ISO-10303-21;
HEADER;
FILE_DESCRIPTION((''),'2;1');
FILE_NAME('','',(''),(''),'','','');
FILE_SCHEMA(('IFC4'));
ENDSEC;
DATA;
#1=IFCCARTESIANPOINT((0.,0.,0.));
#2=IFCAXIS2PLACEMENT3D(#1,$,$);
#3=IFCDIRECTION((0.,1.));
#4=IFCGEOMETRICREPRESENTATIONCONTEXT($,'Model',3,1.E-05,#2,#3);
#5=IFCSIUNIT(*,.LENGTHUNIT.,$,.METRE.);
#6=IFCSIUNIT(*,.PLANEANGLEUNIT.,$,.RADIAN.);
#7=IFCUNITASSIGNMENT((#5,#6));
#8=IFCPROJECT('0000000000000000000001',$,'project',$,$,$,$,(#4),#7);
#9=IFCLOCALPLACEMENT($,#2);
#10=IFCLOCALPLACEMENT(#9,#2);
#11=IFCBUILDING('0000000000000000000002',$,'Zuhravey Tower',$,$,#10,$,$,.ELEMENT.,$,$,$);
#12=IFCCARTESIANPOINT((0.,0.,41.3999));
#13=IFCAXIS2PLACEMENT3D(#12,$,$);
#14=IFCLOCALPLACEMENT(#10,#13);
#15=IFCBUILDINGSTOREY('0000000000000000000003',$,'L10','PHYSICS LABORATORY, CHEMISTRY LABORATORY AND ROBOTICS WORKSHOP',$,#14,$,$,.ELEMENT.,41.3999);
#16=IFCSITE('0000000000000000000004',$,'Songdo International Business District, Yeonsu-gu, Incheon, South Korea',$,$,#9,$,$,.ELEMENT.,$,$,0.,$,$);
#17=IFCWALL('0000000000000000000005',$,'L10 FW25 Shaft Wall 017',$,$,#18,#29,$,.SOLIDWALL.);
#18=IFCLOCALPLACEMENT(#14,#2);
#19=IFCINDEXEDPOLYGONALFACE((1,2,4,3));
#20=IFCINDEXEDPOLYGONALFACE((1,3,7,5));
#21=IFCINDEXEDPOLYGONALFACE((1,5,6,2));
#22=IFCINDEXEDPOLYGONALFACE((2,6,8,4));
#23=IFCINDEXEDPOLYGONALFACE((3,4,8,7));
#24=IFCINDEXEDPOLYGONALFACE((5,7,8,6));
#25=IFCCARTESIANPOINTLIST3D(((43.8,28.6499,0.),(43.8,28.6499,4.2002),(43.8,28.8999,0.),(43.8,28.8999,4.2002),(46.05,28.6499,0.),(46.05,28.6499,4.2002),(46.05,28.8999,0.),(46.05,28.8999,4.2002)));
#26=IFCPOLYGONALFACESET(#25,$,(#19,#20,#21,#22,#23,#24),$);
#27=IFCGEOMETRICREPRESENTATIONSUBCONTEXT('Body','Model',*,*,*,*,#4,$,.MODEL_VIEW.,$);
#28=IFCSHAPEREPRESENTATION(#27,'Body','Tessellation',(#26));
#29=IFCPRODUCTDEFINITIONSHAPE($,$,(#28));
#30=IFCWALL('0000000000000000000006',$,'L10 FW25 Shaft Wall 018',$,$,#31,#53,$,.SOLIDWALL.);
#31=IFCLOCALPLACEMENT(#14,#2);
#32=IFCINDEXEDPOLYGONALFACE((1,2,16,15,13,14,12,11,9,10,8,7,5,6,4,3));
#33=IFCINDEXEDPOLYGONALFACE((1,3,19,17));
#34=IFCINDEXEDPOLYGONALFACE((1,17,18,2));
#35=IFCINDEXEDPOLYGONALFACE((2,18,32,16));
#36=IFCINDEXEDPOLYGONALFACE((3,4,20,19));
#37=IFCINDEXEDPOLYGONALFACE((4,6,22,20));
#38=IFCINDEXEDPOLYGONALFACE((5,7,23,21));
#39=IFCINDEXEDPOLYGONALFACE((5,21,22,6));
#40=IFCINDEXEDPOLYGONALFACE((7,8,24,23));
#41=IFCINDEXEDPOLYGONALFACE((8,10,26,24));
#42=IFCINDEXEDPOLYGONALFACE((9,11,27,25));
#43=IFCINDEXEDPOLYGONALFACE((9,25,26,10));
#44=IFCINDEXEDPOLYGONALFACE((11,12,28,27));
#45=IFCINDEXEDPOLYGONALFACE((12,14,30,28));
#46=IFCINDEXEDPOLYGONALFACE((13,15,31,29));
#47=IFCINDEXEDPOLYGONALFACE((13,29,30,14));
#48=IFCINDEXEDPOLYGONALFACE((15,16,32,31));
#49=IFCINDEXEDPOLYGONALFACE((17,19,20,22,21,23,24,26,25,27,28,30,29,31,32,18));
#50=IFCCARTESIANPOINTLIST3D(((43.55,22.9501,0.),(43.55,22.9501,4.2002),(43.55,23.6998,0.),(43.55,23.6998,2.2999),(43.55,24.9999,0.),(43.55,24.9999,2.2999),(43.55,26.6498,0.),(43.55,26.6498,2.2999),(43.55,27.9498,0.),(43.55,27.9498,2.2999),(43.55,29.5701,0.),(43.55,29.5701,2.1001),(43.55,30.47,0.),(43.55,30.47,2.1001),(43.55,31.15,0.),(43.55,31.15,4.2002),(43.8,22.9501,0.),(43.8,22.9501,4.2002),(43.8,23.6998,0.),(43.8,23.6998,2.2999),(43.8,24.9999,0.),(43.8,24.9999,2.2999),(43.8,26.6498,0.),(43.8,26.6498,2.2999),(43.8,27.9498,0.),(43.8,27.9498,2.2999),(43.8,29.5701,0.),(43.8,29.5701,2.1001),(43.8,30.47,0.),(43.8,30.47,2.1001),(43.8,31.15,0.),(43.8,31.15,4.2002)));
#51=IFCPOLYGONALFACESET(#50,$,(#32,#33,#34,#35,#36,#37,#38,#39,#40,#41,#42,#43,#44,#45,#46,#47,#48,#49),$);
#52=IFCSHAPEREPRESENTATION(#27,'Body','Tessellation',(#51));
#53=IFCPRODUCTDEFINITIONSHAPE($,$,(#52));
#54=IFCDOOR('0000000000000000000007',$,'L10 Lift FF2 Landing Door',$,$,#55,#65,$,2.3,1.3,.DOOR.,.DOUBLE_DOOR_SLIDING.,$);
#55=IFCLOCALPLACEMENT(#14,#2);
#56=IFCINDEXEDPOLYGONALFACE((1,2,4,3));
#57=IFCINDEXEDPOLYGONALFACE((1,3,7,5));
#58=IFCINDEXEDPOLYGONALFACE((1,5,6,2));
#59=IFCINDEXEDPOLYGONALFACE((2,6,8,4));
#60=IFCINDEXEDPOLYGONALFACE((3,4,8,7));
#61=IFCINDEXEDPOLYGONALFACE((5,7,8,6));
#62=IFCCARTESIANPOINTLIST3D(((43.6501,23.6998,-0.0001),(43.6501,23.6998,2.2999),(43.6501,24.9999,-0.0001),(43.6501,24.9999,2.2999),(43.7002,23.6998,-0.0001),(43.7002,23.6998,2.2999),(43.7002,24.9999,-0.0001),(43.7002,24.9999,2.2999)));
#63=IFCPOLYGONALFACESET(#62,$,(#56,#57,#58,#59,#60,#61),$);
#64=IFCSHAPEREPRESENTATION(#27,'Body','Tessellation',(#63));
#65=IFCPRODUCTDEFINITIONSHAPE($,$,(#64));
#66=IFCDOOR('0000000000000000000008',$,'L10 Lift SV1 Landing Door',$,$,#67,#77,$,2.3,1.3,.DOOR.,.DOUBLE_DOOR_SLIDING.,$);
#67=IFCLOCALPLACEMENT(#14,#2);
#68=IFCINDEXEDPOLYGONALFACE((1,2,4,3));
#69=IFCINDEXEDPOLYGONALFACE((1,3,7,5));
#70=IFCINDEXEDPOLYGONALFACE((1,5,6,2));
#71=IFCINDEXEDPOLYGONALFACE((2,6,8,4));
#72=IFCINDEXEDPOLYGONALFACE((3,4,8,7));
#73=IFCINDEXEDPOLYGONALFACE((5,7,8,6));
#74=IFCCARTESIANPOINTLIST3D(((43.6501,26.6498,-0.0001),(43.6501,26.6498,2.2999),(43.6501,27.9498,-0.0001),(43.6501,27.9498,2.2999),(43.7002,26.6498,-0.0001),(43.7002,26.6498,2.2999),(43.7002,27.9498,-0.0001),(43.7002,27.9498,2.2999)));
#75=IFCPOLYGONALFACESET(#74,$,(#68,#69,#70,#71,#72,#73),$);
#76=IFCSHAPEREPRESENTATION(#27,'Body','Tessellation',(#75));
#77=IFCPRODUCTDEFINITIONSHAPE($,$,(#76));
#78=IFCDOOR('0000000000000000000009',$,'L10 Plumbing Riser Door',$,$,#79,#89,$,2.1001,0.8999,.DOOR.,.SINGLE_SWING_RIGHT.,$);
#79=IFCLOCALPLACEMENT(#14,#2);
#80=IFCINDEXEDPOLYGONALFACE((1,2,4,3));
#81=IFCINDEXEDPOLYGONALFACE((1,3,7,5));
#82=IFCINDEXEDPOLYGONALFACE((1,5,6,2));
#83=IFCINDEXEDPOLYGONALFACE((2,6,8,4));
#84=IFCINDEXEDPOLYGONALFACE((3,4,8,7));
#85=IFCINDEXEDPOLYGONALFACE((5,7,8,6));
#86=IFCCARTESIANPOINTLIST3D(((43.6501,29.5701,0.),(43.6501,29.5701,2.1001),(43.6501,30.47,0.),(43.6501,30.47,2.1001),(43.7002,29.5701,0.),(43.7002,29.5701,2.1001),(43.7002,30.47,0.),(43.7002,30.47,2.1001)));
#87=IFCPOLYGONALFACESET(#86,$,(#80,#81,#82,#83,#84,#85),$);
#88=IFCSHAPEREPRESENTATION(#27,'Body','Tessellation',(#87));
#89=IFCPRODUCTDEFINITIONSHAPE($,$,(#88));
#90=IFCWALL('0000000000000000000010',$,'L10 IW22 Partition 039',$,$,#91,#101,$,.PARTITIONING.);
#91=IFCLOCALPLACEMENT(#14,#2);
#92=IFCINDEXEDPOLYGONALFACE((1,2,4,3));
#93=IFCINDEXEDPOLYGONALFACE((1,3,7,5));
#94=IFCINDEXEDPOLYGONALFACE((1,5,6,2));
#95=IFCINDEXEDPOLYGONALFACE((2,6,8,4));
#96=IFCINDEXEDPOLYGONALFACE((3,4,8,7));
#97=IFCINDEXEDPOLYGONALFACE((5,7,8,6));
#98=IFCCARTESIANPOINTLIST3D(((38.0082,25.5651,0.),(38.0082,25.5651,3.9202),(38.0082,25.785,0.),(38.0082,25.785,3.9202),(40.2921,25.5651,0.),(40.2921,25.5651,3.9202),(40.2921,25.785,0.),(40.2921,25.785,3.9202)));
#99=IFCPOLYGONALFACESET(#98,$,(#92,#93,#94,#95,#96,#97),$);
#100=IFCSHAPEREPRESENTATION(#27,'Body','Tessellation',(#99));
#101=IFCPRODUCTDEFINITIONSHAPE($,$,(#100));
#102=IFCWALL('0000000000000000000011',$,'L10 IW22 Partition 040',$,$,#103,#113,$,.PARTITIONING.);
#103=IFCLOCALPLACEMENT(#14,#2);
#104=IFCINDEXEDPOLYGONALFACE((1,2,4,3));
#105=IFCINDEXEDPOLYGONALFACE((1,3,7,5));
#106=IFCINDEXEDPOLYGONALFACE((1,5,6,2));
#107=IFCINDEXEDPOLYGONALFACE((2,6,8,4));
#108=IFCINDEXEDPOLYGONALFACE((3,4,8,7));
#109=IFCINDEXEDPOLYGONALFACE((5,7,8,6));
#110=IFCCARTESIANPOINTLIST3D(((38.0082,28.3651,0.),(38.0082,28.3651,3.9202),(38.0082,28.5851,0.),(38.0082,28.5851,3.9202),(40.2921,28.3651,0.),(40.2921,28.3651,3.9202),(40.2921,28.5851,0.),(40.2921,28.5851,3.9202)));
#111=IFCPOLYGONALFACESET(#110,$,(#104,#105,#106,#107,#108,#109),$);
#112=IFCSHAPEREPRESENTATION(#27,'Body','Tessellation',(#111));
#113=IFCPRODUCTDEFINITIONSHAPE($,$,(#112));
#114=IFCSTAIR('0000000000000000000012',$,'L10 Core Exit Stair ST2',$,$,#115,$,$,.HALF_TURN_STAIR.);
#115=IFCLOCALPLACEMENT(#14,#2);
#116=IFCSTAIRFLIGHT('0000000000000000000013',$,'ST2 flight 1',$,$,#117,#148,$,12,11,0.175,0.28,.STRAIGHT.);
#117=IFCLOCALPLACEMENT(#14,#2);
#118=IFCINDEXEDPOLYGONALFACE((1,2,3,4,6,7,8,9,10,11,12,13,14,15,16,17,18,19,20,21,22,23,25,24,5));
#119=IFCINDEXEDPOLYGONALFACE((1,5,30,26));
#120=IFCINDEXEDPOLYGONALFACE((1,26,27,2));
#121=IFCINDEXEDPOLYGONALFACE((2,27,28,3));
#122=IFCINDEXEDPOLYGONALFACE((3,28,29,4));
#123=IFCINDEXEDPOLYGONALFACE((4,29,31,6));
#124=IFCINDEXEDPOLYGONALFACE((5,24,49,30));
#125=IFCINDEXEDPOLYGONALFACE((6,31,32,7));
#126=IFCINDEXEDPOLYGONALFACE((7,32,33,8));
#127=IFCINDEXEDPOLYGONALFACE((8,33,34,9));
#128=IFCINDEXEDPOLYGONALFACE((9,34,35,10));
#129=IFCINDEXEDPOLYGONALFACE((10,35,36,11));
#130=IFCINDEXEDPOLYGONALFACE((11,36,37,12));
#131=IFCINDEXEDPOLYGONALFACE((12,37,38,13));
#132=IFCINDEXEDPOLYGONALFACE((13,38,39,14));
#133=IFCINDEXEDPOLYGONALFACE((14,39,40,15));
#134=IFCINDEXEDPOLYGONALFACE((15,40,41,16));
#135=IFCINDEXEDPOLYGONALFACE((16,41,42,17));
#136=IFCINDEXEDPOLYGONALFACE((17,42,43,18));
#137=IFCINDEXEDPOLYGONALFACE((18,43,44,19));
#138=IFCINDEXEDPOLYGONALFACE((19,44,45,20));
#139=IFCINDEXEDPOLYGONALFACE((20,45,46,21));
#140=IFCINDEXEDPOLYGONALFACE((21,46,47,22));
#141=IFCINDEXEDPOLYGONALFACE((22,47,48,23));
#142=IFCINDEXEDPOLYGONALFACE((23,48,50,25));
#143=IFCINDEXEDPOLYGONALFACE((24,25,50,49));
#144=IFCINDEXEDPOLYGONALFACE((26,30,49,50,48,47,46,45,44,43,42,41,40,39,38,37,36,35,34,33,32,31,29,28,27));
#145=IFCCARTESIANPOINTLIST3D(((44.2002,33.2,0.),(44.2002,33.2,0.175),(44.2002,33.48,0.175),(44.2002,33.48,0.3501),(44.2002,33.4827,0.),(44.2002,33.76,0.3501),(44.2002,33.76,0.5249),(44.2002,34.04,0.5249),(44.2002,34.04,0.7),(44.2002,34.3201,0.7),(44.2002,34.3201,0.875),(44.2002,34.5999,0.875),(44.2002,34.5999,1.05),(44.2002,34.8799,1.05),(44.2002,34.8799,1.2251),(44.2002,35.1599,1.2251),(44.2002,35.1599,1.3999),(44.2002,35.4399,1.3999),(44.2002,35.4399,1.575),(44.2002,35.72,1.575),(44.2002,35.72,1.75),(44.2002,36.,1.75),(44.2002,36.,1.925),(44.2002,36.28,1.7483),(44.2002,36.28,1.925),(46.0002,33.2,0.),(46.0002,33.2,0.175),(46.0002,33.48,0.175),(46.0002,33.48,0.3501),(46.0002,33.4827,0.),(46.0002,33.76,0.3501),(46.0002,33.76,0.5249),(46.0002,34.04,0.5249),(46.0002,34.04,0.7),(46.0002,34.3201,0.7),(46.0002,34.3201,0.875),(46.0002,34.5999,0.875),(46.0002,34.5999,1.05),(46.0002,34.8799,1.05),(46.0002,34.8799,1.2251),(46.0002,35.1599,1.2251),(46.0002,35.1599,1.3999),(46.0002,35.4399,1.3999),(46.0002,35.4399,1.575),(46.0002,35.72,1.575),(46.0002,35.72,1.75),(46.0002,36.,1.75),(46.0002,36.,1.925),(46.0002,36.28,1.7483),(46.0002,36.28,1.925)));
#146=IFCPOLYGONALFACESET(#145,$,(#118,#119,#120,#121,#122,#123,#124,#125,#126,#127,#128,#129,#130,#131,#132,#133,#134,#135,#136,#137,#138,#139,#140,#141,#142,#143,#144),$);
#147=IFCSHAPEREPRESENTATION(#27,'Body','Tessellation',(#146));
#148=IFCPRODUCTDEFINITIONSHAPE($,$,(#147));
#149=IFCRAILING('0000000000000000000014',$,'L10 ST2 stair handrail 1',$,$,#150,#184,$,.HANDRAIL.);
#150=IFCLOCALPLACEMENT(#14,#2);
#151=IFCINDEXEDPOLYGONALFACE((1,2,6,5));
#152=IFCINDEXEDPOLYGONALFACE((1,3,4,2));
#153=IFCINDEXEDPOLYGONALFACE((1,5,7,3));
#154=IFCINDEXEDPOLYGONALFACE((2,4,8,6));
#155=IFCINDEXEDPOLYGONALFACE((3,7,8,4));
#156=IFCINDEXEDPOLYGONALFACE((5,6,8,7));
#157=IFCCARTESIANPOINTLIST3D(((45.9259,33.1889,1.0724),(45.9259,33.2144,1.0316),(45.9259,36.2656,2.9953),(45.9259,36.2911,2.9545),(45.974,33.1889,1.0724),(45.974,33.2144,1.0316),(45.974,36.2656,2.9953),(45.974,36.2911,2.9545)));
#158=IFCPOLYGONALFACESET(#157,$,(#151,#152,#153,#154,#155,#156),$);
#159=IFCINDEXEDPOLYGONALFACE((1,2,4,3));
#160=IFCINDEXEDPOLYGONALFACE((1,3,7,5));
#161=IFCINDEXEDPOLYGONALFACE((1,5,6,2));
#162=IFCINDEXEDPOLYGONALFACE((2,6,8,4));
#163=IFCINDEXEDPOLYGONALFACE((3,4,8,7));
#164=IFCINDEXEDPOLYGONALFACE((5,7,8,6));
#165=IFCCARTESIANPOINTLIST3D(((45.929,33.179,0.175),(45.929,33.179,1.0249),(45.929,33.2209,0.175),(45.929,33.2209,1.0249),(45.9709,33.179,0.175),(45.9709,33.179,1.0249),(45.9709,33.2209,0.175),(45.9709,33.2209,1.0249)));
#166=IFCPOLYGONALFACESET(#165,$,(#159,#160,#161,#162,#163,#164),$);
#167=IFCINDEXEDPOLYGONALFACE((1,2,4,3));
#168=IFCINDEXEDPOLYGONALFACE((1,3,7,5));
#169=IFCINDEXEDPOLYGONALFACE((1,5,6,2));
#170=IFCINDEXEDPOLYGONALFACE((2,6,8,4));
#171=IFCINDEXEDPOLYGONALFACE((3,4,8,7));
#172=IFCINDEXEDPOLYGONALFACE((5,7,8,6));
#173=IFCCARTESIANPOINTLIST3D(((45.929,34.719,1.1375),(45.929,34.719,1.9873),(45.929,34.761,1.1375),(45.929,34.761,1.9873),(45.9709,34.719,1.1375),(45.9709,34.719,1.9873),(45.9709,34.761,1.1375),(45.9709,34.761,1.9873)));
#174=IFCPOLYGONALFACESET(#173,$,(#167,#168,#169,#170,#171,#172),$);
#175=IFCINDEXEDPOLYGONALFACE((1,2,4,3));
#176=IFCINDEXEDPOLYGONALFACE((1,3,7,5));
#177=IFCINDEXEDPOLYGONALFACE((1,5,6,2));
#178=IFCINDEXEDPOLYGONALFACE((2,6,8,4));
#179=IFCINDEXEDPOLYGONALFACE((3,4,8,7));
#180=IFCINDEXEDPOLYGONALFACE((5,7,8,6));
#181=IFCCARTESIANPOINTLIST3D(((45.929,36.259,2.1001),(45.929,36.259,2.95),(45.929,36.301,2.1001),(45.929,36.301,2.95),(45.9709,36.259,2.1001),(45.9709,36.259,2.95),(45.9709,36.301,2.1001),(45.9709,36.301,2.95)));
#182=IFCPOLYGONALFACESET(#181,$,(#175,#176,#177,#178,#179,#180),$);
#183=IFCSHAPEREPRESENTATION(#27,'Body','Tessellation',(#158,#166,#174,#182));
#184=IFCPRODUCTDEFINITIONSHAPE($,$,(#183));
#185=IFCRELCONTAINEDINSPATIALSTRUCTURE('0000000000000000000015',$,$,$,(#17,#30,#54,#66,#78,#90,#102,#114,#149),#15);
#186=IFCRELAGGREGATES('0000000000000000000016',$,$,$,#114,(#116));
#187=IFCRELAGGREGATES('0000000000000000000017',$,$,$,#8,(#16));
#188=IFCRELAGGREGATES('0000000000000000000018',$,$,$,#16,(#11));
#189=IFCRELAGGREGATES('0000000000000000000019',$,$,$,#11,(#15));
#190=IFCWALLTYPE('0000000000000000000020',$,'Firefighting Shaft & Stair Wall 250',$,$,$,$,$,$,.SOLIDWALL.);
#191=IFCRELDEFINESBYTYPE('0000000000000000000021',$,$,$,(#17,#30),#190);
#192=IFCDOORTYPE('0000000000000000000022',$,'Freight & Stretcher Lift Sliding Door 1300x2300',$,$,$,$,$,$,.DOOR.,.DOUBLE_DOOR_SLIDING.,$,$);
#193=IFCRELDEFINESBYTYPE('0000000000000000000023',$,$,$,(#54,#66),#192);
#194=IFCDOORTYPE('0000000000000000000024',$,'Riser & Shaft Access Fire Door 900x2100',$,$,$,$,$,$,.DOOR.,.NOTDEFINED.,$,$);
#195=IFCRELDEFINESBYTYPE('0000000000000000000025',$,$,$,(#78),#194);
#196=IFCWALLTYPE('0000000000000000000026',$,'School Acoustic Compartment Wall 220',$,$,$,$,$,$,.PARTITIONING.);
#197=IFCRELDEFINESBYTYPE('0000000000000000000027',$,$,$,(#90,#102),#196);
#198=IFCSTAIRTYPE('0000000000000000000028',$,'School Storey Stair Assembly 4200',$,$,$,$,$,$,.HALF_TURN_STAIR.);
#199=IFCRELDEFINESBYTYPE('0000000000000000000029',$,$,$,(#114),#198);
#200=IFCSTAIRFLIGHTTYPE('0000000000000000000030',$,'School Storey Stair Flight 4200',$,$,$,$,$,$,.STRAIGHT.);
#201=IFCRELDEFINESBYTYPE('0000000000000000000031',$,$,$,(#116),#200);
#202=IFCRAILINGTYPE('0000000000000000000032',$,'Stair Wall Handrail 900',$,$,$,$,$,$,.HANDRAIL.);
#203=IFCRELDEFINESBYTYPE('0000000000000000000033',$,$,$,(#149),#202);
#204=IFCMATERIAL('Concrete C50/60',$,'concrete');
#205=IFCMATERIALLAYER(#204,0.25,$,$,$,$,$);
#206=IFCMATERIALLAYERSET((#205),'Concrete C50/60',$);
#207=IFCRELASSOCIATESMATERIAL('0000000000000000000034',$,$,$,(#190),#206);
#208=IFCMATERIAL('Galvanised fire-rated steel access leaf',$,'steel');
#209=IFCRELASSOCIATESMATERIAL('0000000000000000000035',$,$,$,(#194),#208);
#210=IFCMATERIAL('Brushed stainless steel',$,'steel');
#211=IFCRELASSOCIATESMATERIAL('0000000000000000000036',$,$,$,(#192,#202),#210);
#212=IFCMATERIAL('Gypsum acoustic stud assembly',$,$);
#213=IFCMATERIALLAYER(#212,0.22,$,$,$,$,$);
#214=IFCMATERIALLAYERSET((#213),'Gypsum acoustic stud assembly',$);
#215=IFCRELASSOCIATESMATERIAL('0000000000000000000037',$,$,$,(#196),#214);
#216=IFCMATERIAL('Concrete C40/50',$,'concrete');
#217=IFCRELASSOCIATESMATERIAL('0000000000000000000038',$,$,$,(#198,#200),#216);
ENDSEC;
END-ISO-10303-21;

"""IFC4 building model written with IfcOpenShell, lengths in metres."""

from ifc_helpers import new_model, si_unit, direction, frame, frame_2d, origin, origin_2d, place, context, subcontext, project, spatial, polyline, rectangle, outline, extrude, material, layer, layer_set, type_object, element, fill, aggregate, save


model = new_model("IFC4")

# Units and contexts
model_context = context("Model", 3, precision=1e-05, world=origin(), true_north=direction((0.0, 1.0)))
body_context = subcontext(model_context, "Body", "Model", "MODEL_VIEW")
ifc_project = project(units=[si_unit("LENGTHUNIT", "METRE"), si_unit("PLANEANGLEUNIT", "RADIAN")], contexts=[model_context])

# Site, building, storey
site_placement = place(None, origin())
site = spatial("IfcSite", under=ifc_project, at=site_placement, Name="Songdo International Business District, Yeonsu-gu, Incheon, South Korea", CompositionType="ELEMENT", RefElevation=0.0)
building_placement = place(site_placement, origin())
building = spatial("IfcBuilding", under=site, at=building_placement, Name="Zuhravey Tower", CompositionType="ELEMENT")
storey_placement = place(building_placement, frame((0.0, 0.0, 41.3999)))
storey = spatial("IfcBuildingStorey", under=building, at=storey_placement, Name="L10", Description="PHYSICS LABORATORY, CHEMISTRY LABORATORY AND ROBOTICS WORKSHOP", CompositionType="ELEMENT", Elevation=41.3999)

# Shared definitions
ifc_material_1 = material(Name="Concrete C50/60", Category="concrete")
ifc_layer_1 = layer(ifc_material_1, 0.25)
ifc_layer_set_1 = layer_set([ifc_layer_1], Name="Concrete C50/60")
wall_type_1 = type_object("IfcWallType", Name="Firefighting Shaft & Stair Wall 250", PredefinedType="SOLIDWALL", material=ifc_layer_set_1)

# Shared definitions
ifc_material_2 = material(Name="Galvanised fire-rated steel access leaf", Category="steel")
door_type_1 = type_object("IfcDoorType", Name="Riser & Shaft Access Fire Door 900x2100", OperationType="NOTDEFINED", PredefinedType="DOOR", material=ifc_material_2)

# Wall
for number, where, z_axis, x_axis, name in (
    (1, (43.8, 28.7749, 0.0), (0.0, 0.0, 1.0), (1.0, 0.0, 0.0), "L10 FW25 Shaft Wall 017"),
):
    element("IfcWall", number, at=place(storey_placement, frame(where, z_axis=z_axis, x_axis=x_axis)), inside=storey, type_object=wall_type_1, Name=name, PredefinedType="SOLIDWALL", context=body_context, shape_type="SweptSolid", body=[
        extrude(rectangle(XDim=2.25, YDim=0.25, at=frame_2d((1.125, 0.0))), origin(), (0.0, 0.0, 1.0), 4.2002),
    ])

# Wall, openings, doors
wall_1_placement = place(storey_placement, frame((43.675, 22.95, 0.0), z_axis=(0.0, 0.0, 1.0), x_axis=(0.0, 1.0, 0.0)))
wall_1 = element("IfcWall", 2, at=wall_1_placement, inside=storey, type_object=wall_type_1, Name="L10 FW25 Shaft Wall 018", PredefinedType="SOLIDWALL", context=body_context, shape_type="SweptSolid", body=[
    extrude(rectangle(XDim=8.2, YDim=0.25, at=frame_2d((4.1001, 0.0))), origin(), (0.0, 0.0, 1.0), 4.2002),
])
opening_1_placement = place(wall_1_placement, frame((0.75, 0.0, 0.0)))
opening_1 = element("IfcOpeningElement", 3, at=opening_1_placement, cuts=wall_1, PredefinedType="OPENING", context=body_context, shape_type="SweptSolid", body=[
    extrude(rectangle(XDim=1.3, YDim=2.3, at=frame_2d((0.6499, 1.1499))), frame((0.0, 0.137, 0.0), z_axis=(0.0, -1.0, 0.0), x_axis=(1.0, 0.0, 0.0)), (0.0, 0.0, 1.0), 0.2739),
])
opening_2_placement = place(wall_1_placement, frame((3.7, 0.0, 0.0)))
opening_2 = element("IfcOpeningElement", 4, at=opening_2_placement, cuts=wall_1, PredefinedType="OPENING", context=body_context, shape_type="SweptSolid", body=[
    extrude(rectangle(XDim=1.3, YDim=2.3, at=frame_2d((0.6499, 1.1499))), frame((0.0, 0.137, 0.0), z_axis=(0.0, -1.0, 0.0), x_axis=(1.0, 0.0, 0.0)), (0.0, 0.0, 1.0), 0.2739),
])
opening_3_placement = place(wall_1_placement, frame((6.6201, 0.0, 0.0)))
opening_3 = element("IfcOpeningElement", 5, at=opening_3_placement, cuts=wall_1, PredefinedType="OPENING", context=body_context, shape_type="SweptSolid", body=[
    extrude(rectangle(XDim=0.8999, YDim=2.1001, at=frame_2d((0.45, 1.05))), frame((0.0, 0.137, 0.0), z_axis=(0.0, -1.0, 0.0), x_axis=(1.0, 0.0, 0.0)), (0.0, 0.0, 1.0), 0.2739),
])
ifc_material_3 = material(Name="Brushed stainless steel", Category="steel")
door_type_2 = type_object("IfcDoorType", Name="Freight & Stretcher Lift Sliding Door 1300x2300", OperationType="DOUBLE_DOOR_SLIDING", PredefinedType="DOOR", material=ifc_material_3)
door_1_placement = place(opening_1_placement, origin())
door_1 = element("IfcDoor", 6, at=door_1_placement, inside=storey, type_object=door_type_2, Name="L10 Lift FF2 Landing Door", OperationType="DOUBLE_DOOR_SLIDING", OverallHeight=2.3, OverallWidth=1.3, PredefinedType="DOOR", context=body_context, shape_type="SweptSolid", body=[
    extrude(rectangle(XDim=1.3, YDim=2.3, at=frame_2d((0.6499, 1.1499))), frame((0.0, 0.0249, 0.0), z_axis=(0.0, -1.0, 0.0), x_axis=(1.0, 0.0, 0.0)), (0.0, 0.0, 1.0), 0.05),
])
fill(opening_1, door_1)
door_2_placement = place(opening_2_placement, origin())
door_2 = element("IfcDoor", 7, at=door_2_placement, inside=storey, type_object=door_type_2, Name="L10 Lift SV1 Landing Door", OperationType="DOUBLE_DOOR_SLIDING", OverallHeight=2.3, OverallWidth=1.3, PredefinedType="DOOR", context=body_context, shape_type="SweptSolid", body=[
    extrude(rectangle(XDim=1.3, YDim=2.3, at=frame_2d((0.6499, 1.1499))), frame((0.0, 0.0249, 0.0), z_axis=(0.0, -1.0, 0.0), x_axis=(1.0, 0.0, 0.0)), (0.0, 0.0, 1.0), 0.05),
])
fill(opening_2, door_2)
door_3_placement = place(opening_3_placement, origin())
door_3 = element("IfcDoor", 8, at=door_3_placement, inside=storey, type_object=door_type_1, Name="L10 Plumbing Riser Door", OperationType="SINGLE_SWING_RIGHT", OverallHeight=2.1001, OverallWidth=0.8999, PredefinedType="DOOR", context=body_context, shape_type="SweptSolid", body=[
    extrude(rectangle(XDim=0.8999, YDim=2.1001, at=frame_2d((0.45, 1.05))), frame((0.0, 0.0249, 0.0), z_axis=(0.0, -1.0, 0.0), x_axis=(1.0, 0.0, 0.0)), (0.0, 0.0, 1.0), 0.05),
])
fill(opening_3, door_3)

# Walls
ifc_material_4 = material(Name="Gypsum acoustic stud assembly")
ifc_layer_2 = layer(ifc_material_4, 0.22)
ifc_layer_set_2 = layer_set([ifc_layer_2], Name="Gypsum acoustic stud assembly")
wall_type_2 = type_object("IfcWallType", Name="School Acoustic Compartment Wall 220", PredefinedType="PARTITIONING", material=ifc_layer_set_2)
for number, where, z_axis, x_axis, name in (
    (9, (38.0081, 25.675, 0.0), (0.0, 0.0, 1.0), (1.0, 0.0, 0.0), "L10 IW22 Partition 039"),
    (10, (38.0081, 28.4751, 0.0), (0.0, 0.0, 1.0), (1.0, 0.0, 0.0), "L10 IW22 Partition 040"),
):
    element("IfcWall", number, at=place(storey_placement, frame(where, z_axis=z_axis, x_axis=x_axis)), inside=storey, type_object=wall_type_2, Name=name, PredefinedType="PARTITIONING", context=body_context, shape_type="SweptSolid", body=[
        extrude(rectangle(XDim=2.2839, YDim=0.22, at=frame_2d((1.1421, 0.0))), origin(), (0.0, 0.0, 1.0), 3.9202),
    ])

# Stair, stair flight
ifc_material_5 = material(Name="Concrete C40/50", Category="concrete")
stair_type = type_object("IfcStairType", Name="School Storey Stair Assembly 4200", PredefinedType="HALF_TURN_STAIR", material=ifc_material_5)
stair_placement = place(storey_placement, origin())
stair = element("IfcStair", 11, at=stair_placement, inside=storey, type_object=stair_type, Name="L10 Core Exit Stair ST2", PredefinedType="HALF_TURN_STAIR")
stair_flight_type = type_object("IfcStairFlightType", Name="School Storey Stair Flight 4200", PredefinedType="STRAIGHT", material=ifc_material_5)
stair_flight_placement = place(storey_placement, frame((45.1001, 33.2, 0.0), z_axis=(0.0, 0.0, 1.0), x_axis=(0.0, 1.0, 0.0)))
stair_flight = element("IfcStairFlight", 12, at=stair_flight_placement, type_object=stair_flight_type, Name="ST2 flight 1", NumberOfRisers=12, NumberOfTreads=11, PredefinedType="STRAIGHT", RiserHeight=0.175, TreadLength=0.28, context=body_context, shape_type="SweptSolid", body=[
    extrude(outline(polyline([(0.0, 0.0), (0.0, 0.175), (0.28, 0.175), (0.28, 0.3501), (0.5601, 0.3501), (0.5601, 0.5249), (0.8401, 0.5249), (0.8401, 0.7), (1.1201, 0.7), (1.1201, 0.875), (1.3999, 0.875), (1.3999, 1.05), (1.6799, 1.05), (1.6799, 1.2251), (1.96, 1.2251), (1.96, 1.3999), (2.24, 1.3999), (2.24, 1.575), (2.52, 1.575), (2.52, 1.75), (2.8, 1.75), (2.8, 1.925), (3.0801, 1.925), (3.0801, 2.1001), (3.0801, 1.7483), (0.2827, 0.0), (0.0, 0.0)])), frame((0.0, 0.8999, 0.0), z_axis=(0.0, -1.0, 0.0), x_axis=(1.0, 0.0, 0.0)), (0.0, 0.0, 1.0), 1.8),
])
aggregate(stair, [stair_flight])

# Railing
railing_type_1 = type_object("IfcRailingType", Name="Stair Wall Handrail 900", PredefinedType="HANDRAIL", material=ifc_material_3)
railing_1_placement = place(storey_placement, frame((45.95, 33.2, 0.175)))
element("IfcRailing", 13, at=railing_1_placement, inside=storey, type_object=railing_type_1, Name="L10 ST2 stair handrail 1", PredefinedType="HANDRAIL", context=body_context, shape_type="SweptSolid", body=[
    extrude(rectangle(XDim=0.0481, YDim=0.0481, at=origin_2d()), frame((0.0, 0.0017, 0.877), z_axis=(0.0, 0.847998, 0.529999), x_axis=(-1.0, 0.0, 0.0)), (0.0, 0.0, 1.0), 3.6282),
    extrude(rectangle(XDim=0.042, YDim=0.042, at=origin_2d()), origin(), (0.0, 0.0, 1.0), 0.8499),
    extrude(rectangle(XDim=0.042, YDim=0.042, at=origin_2d()), frame((0.0, 1.54, 0.9624)), (0.0, 0.0, 1.0), 0.8499),
    extrude(rectangle(XDim=0.042, YDim=0.042, at=origin_2d()), frame((0.0, 3.0801, 1.925)), (0.0, 0.0, 1.0), 0.8499),
])

save(model, "model.ifc")
